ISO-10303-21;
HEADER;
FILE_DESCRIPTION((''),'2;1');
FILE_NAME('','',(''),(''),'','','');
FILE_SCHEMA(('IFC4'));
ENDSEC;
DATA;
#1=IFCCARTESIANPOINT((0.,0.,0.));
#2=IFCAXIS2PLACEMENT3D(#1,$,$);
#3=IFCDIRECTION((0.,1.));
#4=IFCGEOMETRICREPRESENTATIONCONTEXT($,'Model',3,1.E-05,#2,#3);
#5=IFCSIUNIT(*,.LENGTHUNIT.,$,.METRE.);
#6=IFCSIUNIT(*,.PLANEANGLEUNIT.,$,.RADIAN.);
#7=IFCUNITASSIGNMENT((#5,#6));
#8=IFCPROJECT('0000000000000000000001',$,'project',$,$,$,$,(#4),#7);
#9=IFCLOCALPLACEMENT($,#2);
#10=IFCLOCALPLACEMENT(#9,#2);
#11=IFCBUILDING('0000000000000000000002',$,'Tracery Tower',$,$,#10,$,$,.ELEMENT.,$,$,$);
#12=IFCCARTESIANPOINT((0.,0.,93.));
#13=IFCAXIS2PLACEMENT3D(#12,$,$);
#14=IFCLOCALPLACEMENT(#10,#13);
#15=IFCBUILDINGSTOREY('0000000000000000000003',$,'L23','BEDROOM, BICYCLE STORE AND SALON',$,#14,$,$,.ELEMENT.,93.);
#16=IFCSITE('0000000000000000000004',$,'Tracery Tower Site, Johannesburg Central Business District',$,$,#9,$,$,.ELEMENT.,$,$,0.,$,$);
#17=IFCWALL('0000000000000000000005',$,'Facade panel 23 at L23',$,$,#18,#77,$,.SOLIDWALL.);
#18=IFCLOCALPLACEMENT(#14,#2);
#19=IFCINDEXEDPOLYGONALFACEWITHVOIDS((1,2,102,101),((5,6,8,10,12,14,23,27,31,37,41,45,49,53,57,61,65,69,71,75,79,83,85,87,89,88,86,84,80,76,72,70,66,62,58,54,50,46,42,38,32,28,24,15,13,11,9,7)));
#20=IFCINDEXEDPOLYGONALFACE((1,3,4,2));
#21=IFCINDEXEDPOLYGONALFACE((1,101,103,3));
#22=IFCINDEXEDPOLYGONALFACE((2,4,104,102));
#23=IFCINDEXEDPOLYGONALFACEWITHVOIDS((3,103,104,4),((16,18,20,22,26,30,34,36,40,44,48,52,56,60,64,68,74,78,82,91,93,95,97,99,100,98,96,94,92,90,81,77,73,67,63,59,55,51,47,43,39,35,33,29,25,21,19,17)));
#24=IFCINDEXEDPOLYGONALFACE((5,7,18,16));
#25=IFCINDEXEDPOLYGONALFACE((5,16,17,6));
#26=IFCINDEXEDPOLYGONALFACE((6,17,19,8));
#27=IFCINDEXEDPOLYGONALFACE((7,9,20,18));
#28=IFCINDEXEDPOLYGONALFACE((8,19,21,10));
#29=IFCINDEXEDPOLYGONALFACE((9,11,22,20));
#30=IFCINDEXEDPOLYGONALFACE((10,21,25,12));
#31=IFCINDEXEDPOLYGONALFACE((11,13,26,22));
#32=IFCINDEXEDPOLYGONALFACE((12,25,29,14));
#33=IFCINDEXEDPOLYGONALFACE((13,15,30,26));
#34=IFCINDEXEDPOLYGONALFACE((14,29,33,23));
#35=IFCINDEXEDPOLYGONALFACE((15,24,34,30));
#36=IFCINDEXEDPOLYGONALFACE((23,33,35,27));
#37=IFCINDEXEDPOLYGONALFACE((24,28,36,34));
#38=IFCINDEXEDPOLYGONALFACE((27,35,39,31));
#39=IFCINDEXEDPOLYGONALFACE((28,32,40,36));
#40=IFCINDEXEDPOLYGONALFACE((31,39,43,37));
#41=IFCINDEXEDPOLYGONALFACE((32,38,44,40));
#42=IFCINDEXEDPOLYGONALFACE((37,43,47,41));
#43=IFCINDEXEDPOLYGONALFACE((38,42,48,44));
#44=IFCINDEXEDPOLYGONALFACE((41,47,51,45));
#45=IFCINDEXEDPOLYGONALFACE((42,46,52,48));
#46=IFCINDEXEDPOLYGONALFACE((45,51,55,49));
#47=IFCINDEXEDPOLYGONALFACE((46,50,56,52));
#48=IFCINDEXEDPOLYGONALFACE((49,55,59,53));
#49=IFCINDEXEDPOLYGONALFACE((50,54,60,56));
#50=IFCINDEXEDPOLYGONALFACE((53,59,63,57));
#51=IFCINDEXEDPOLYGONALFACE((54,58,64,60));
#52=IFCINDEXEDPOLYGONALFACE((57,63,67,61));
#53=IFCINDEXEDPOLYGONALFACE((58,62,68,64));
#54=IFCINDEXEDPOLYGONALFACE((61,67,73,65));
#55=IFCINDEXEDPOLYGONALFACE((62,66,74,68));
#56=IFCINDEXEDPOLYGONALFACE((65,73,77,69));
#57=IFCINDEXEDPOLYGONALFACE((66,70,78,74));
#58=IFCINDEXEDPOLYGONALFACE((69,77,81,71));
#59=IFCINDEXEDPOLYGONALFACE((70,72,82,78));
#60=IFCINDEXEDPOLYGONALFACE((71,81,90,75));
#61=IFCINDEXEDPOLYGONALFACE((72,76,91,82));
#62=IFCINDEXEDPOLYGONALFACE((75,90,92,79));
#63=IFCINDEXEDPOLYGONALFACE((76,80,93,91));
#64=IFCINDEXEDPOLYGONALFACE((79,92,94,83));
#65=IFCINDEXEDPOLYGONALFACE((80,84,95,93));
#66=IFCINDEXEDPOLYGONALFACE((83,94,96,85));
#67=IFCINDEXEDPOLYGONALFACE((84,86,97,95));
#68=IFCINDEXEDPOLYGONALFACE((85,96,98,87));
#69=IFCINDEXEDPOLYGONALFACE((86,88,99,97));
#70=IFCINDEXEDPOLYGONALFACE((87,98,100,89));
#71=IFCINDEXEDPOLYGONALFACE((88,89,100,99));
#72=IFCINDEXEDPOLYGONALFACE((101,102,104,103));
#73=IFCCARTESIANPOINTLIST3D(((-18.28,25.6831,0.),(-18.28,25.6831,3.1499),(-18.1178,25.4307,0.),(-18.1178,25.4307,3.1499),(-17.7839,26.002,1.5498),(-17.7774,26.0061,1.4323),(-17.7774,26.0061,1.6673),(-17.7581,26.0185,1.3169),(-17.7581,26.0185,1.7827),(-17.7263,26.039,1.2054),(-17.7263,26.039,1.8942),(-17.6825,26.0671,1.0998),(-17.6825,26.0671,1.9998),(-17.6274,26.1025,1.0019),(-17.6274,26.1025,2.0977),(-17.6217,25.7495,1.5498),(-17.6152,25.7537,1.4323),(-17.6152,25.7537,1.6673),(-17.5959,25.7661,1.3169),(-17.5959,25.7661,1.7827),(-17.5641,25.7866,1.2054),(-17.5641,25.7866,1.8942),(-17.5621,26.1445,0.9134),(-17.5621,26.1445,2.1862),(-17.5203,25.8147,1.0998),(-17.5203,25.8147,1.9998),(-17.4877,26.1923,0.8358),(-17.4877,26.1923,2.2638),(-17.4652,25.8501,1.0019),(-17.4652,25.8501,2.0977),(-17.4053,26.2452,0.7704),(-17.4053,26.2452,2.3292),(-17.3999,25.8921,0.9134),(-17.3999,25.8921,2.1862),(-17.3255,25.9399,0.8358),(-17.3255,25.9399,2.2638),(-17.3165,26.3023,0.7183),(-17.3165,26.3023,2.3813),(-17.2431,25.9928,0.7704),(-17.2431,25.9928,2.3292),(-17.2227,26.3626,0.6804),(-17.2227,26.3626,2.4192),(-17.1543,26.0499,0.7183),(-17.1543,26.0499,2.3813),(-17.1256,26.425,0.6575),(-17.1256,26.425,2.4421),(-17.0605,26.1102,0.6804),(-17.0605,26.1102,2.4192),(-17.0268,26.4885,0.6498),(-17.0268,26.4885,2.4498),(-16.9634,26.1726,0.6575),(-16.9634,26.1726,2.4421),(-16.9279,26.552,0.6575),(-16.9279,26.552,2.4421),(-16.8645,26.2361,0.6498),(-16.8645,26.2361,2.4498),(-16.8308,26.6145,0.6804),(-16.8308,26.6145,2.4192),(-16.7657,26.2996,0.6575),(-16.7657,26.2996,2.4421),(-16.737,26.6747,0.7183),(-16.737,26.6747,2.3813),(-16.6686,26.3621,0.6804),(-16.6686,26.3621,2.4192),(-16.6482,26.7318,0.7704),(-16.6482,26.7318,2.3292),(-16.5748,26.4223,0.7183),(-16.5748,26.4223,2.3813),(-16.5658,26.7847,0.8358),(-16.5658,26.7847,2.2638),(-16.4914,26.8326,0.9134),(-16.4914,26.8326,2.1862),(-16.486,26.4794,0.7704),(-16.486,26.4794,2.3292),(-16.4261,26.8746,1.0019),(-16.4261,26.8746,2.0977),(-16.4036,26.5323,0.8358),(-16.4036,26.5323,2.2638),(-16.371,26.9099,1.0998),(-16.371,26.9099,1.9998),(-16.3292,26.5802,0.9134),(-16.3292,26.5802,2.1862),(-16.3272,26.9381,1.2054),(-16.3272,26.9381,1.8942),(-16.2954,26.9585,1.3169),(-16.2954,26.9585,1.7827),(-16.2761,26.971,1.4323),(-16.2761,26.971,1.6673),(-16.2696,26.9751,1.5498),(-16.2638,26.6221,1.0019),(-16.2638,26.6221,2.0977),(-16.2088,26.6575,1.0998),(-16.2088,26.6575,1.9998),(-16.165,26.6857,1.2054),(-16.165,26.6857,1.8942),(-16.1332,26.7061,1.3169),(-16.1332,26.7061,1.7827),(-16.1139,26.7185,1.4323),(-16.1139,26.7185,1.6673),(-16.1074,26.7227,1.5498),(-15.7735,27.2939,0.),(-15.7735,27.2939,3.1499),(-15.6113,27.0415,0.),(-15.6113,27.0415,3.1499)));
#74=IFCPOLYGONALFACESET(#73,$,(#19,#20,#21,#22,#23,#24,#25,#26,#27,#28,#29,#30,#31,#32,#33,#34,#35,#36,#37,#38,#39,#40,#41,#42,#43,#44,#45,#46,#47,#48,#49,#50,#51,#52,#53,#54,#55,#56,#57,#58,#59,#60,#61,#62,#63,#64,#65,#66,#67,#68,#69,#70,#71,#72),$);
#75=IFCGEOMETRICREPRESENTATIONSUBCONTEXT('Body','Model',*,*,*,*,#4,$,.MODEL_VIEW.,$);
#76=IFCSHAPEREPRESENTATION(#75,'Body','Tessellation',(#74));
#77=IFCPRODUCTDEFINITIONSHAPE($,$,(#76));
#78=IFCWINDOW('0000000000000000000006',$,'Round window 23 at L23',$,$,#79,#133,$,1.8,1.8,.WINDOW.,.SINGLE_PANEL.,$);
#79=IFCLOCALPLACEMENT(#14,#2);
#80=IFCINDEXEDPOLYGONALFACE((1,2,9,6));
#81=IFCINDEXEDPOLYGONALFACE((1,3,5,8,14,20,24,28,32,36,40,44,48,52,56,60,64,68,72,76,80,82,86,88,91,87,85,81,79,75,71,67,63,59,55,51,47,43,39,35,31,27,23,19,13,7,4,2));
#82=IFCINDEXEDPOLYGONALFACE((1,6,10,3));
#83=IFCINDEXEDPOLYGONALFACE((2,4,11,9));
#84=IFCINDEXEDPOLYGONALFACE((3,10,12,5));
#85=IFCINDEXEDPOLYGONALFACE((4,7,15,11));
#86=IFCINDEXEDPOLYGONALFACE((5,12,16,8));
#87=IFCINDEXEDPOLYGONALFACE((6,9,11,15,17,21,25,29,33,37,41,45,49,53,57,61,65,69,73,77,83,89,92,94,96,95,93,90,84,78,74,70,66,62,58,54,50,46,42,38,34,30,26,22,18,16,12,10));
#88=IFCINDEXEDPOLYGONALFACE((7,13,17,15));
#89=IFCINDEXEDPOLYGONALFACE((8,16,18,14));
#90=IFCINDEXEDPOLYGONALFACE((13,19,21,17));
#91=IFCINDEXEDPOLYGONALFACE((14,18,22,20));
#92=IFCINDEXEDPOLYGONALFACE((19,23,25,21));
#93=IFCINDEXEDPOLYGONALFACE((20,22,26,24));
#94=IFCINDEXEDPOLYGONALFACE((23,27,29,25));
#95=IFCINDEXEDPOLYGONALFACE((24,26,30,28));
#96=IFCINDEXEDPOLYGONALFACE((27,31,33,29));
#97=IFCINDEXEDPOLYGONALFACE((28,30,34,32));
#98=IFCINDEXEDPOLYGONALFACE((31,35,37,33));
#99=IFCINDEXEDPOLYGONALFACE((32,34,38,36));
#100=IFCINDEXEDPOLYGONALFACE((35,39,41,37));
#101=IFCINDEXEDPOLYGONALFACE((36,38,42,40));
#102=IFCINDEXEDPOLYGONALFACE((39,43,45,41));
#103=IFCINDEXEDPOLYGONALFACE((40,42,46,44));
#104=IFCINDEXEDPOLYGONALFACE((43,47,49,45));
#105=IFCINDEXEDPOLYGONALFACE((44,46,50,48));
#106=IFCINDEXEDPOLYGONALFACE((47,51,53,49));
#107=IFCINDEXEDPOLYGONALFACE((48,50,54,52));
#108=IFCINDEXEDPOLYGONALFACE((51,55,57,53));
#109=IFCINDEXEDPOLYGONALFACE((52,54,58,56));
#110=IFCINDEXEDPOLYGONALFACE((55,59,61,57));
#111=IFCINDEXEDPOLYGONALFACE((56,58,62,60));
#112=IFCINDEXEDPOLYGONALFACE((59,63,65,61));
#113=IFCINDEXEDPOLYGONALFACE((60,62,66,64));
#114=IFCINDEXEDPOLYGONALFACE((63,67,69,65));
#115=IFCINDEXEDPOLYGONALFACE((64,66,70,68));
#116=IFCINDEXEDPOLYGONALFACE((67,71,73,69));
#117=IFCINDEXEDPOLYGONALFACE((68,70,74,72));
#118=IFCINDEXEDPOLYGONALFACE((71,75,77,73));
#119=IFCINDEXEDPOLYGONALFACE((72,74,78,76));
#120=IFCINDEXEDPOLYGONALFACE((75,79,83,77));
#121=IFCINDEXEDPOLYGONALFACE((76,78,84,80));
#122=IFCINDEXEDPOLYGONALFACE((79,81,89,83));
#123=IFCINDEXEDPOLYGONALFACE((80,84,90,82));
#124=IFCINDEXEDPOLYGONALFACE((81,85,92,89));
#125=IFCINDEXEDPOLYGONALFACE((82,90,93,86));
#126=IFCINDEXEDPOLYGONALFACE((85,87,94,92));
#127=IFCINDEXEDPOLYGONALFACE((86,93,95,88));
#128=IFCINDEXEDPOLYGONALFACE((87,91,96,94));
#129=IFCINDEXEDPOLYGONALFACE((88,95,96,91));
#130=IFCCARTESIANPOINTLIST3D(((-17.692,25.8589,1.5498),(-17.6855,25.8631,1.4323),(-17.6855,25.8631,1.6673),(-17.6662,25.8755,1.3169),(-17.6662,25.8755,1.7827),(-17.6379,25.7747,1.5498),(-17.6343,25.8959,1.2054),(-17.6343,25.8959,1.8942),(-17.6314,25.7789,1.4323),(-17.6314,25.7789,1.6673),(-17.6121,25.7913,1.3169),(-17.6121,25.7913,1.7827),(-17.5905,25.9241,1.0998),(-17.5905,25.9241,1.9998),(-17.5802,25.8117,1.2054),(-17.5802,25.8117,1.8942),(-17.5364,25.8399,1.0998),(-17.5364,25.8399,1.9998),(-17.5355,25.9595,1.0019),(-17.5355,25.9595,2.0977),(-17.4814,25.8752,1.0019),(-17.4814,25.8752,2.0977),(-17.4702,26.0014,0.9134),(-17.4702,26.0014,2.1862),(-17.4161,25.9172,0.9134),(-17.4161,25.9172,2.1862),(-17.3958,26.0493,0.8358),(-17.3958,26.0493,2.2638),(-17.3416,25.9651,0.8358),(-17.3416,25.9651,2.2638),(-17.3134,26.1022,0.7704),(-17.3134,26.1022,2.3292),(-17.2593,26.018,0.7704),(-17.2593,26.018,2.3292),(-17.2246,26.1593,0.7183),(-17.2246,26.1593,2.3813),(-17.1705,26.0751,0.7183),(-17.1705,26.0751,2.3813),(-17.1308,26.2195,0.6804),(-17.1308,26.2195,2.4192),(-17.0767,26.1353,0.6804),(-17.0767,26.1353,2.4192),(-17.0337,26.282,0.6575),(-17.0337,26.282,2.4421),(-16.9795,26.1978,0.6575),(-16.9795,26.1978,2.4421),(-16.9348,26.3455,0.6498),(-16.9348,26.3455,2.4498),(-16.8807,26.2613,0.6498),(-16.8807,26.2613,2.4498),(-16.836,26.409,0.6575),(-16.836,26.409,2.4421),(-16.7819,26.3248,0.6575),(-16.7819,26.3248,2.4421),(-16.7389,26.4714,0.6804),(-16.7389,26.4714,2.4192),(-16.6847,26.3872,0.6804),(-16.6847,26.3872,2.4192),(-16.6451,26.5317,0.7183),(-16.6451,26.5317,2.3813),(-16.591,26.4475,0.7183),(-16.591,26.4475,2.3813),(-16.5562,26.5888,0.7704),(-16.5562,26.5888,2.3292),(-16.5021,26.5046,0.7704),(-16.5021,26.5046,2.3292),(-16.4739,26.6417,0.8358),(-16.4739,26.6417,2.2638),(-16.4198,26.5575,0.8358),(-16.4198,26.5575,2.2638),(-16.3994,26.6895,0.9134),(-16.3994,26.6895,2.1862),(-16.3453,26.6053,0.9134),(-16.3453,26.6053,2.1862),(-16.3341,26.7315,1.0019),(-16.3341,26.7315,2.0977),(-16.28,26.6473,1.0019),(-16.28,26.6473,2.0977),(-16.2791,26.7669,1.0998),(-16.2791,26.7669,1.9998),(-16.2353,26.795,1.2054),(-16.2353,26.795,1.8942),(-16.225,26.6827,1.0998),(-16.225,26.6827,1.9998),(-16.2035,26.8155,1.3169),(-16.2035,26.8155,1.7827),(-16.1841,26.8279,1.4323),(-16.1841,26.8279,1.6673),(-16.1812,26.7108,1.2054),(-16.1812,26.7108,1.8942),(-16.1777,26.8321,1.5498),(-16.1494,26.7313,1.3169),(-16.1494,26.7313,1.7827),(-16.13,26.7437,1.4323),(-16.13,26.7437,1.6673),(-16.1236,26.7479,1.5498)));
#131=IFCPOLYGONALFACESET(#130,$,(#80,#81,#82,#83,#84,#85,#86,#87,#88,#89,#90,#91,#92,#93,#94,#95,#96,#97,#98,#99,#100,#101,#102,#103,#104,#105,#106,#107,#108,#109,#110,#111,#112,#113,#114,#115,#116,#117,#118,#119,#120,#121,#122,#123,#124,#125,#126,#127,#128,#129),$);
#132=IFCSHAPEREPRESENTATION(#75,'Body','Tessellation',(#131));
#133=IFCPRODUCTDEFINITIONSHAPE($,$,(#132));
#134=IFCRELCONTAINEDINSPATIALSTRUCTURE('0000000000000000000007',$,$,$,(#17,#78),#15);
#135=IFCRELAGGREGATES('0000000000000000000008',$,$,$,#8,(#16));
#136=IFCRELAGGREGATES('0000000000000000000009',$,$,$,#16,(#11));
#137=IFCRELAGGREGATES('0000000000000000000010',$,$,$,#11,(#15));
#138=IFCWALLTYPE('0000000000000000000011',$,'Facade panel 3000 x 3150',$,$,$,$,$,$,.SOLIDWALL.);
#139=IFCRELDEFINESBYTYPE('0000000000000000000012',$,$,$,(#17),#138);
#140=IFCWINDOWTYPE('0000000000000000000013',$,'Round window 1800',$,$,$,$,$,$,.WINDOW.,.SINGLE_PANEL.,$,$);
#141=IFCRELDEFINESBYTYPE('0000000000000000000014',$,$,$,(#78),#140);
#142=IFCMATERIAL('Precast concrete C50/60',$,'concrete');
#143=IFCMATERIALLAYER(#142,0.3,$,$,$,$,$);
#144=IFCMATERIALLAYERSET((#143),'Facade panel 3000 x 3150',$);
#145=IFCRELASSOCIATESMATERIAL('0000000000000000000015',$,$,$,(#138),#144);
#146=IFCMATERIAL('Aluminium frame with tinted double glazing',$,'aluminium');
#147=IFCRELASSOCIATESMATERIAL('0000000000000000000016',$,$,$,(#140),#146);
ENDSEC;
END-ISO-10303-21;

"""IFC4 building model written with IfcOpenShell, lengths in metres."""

from ifc_helpers import new_model, si_unit, direction, frame, frame_2d, origin, origin_2d, place, context, subcontext, project, spatial, rectangle, circle, extrude, material, layer, layer_set, type_object, element, fill, save


model = new_model("IFC4")

# Units and contexts
model_context = context("Model", 3, precision=1e-05, world=origin(), true_north=direction((0.0, 1.0)))
body_context = subcontext(model_context, "Body", "Model", "MODEL_VIEW")
ifc_project = project(units=[si_unit("LENGTHUNIT", "METRE"), si_unit("PLANEANGLEUNIT", "RADIAN")], contexts=[model_context])

# Site, building, storey
site_placement = place(None, origin())
site = spatial("IfcSite", under=ifc_project, at=site_placement, Name="Tracery Tower Site, Johannesburg Central Business District", CompositionType="ELEMENT", RefElevation=0.0)
building_placement = place(site_placement, origin())
building = spatial("IfcBuilding", under=site, at=building_placement, Name="Tracery Tower", CompositionType="ELEMENT")
storey_placement = place(building_placement, frame((0.0, 0.0, 93.0)))
storey = spatial("IfcBuildingStorey", under=building, at=storey_placement, Name="L23", Description="BEDROOM, BICYCLE STORE AND SALON", CompositionType="ELEMENT", Elevation=93.0)

# Wall, opening, window
ifc_material_1 = material(Name="Precast concrete C50/60", Category="concrete")
ifc_layer_1 = layer(ifc_material_1, 0.3)
ifc_layer_set_1 = layer_set([ifc_layer_1], Name="Facade panel 3000 x 3150")
wall_type_1 = type_object("IfcWallType", Name="Facade panel 3000 x 3150", PredefinedType="SOLIDWALL", material=ifc_layer_set_1)
wall_1_placement = place(storey_placement, frame((-15.6924, 27.1677, 0.0), z_axis=(0.0, 0.0, 1.0), x_axis=(-0.841261, -0.540629, 0.0)))
wall_1 = element("IfcWall", 1, at=wall_1_placement, inside=storey, type_object=wall_type_1, Name="Facade panel 23 at L23", PredefinedType="SOLIDWALL", context=body_context, shape_type="SweptSolid", body=[
    extrude(rectangle(XDim=2.9795, YDim=0.3, at=frame_2d((1.4897, 0.0))), origin(), (0.0, 0.0, 1.0), 3.1499),
])
opening_1_placement = place(wall_1_placement, frame((1.4897, 0.0, 1.5498)))
opening_1 = element("IfcOpeningElement", 2, at=opening_1_placement, cuts=wall_1, PredefinedType="OPENING", context=body_context, shape_type="SweptSolid", body=[
    extrude(circle(Radius=0.9, at=origin_2d()), frame((0.0, 0.1599, 0.0), z_axis=(0.0, -1.0, 0.0), x_axis=(1.0, 0.0, 0.0)), (0.0, 0.0, 1.0), 0.3201),
])
ifc_material_2 = material(Name="Aluminium frame with tinted double glazing", Category="aluminium")
window_type = type_object("IfcWindowType", Name="Round window 1800", PartitioningType="SINGLE_PANEL", PredefinedType="WINDOW", material=ifc_material_2)
window_1_placement = place(opening_1_placement, origin())
window_1 = element("IfcWindow", 3, at=window_1_placement, inside=storey, type_object=window_type, Name="Round window 23 at L23", OverallHeight=1.8, OverallWidth=1.8, PartitioningType="SINGLE_PANEL", PredefinedType="WINDOW", context=body_context, shape_type="SweptSolid", body=[
    extrude(circle(Radius=0.9, at=origin_2d()), frame((0.0, 0.1201, 0.0), z_axis=(0.0, -1.0, 0.0), x_axis=(1.0, 0.0, 0.0)), (0.0, 0.0, 1.0), 0.1001),
])
fill(opening_1, window_1)

save(model, "model.ifc")
